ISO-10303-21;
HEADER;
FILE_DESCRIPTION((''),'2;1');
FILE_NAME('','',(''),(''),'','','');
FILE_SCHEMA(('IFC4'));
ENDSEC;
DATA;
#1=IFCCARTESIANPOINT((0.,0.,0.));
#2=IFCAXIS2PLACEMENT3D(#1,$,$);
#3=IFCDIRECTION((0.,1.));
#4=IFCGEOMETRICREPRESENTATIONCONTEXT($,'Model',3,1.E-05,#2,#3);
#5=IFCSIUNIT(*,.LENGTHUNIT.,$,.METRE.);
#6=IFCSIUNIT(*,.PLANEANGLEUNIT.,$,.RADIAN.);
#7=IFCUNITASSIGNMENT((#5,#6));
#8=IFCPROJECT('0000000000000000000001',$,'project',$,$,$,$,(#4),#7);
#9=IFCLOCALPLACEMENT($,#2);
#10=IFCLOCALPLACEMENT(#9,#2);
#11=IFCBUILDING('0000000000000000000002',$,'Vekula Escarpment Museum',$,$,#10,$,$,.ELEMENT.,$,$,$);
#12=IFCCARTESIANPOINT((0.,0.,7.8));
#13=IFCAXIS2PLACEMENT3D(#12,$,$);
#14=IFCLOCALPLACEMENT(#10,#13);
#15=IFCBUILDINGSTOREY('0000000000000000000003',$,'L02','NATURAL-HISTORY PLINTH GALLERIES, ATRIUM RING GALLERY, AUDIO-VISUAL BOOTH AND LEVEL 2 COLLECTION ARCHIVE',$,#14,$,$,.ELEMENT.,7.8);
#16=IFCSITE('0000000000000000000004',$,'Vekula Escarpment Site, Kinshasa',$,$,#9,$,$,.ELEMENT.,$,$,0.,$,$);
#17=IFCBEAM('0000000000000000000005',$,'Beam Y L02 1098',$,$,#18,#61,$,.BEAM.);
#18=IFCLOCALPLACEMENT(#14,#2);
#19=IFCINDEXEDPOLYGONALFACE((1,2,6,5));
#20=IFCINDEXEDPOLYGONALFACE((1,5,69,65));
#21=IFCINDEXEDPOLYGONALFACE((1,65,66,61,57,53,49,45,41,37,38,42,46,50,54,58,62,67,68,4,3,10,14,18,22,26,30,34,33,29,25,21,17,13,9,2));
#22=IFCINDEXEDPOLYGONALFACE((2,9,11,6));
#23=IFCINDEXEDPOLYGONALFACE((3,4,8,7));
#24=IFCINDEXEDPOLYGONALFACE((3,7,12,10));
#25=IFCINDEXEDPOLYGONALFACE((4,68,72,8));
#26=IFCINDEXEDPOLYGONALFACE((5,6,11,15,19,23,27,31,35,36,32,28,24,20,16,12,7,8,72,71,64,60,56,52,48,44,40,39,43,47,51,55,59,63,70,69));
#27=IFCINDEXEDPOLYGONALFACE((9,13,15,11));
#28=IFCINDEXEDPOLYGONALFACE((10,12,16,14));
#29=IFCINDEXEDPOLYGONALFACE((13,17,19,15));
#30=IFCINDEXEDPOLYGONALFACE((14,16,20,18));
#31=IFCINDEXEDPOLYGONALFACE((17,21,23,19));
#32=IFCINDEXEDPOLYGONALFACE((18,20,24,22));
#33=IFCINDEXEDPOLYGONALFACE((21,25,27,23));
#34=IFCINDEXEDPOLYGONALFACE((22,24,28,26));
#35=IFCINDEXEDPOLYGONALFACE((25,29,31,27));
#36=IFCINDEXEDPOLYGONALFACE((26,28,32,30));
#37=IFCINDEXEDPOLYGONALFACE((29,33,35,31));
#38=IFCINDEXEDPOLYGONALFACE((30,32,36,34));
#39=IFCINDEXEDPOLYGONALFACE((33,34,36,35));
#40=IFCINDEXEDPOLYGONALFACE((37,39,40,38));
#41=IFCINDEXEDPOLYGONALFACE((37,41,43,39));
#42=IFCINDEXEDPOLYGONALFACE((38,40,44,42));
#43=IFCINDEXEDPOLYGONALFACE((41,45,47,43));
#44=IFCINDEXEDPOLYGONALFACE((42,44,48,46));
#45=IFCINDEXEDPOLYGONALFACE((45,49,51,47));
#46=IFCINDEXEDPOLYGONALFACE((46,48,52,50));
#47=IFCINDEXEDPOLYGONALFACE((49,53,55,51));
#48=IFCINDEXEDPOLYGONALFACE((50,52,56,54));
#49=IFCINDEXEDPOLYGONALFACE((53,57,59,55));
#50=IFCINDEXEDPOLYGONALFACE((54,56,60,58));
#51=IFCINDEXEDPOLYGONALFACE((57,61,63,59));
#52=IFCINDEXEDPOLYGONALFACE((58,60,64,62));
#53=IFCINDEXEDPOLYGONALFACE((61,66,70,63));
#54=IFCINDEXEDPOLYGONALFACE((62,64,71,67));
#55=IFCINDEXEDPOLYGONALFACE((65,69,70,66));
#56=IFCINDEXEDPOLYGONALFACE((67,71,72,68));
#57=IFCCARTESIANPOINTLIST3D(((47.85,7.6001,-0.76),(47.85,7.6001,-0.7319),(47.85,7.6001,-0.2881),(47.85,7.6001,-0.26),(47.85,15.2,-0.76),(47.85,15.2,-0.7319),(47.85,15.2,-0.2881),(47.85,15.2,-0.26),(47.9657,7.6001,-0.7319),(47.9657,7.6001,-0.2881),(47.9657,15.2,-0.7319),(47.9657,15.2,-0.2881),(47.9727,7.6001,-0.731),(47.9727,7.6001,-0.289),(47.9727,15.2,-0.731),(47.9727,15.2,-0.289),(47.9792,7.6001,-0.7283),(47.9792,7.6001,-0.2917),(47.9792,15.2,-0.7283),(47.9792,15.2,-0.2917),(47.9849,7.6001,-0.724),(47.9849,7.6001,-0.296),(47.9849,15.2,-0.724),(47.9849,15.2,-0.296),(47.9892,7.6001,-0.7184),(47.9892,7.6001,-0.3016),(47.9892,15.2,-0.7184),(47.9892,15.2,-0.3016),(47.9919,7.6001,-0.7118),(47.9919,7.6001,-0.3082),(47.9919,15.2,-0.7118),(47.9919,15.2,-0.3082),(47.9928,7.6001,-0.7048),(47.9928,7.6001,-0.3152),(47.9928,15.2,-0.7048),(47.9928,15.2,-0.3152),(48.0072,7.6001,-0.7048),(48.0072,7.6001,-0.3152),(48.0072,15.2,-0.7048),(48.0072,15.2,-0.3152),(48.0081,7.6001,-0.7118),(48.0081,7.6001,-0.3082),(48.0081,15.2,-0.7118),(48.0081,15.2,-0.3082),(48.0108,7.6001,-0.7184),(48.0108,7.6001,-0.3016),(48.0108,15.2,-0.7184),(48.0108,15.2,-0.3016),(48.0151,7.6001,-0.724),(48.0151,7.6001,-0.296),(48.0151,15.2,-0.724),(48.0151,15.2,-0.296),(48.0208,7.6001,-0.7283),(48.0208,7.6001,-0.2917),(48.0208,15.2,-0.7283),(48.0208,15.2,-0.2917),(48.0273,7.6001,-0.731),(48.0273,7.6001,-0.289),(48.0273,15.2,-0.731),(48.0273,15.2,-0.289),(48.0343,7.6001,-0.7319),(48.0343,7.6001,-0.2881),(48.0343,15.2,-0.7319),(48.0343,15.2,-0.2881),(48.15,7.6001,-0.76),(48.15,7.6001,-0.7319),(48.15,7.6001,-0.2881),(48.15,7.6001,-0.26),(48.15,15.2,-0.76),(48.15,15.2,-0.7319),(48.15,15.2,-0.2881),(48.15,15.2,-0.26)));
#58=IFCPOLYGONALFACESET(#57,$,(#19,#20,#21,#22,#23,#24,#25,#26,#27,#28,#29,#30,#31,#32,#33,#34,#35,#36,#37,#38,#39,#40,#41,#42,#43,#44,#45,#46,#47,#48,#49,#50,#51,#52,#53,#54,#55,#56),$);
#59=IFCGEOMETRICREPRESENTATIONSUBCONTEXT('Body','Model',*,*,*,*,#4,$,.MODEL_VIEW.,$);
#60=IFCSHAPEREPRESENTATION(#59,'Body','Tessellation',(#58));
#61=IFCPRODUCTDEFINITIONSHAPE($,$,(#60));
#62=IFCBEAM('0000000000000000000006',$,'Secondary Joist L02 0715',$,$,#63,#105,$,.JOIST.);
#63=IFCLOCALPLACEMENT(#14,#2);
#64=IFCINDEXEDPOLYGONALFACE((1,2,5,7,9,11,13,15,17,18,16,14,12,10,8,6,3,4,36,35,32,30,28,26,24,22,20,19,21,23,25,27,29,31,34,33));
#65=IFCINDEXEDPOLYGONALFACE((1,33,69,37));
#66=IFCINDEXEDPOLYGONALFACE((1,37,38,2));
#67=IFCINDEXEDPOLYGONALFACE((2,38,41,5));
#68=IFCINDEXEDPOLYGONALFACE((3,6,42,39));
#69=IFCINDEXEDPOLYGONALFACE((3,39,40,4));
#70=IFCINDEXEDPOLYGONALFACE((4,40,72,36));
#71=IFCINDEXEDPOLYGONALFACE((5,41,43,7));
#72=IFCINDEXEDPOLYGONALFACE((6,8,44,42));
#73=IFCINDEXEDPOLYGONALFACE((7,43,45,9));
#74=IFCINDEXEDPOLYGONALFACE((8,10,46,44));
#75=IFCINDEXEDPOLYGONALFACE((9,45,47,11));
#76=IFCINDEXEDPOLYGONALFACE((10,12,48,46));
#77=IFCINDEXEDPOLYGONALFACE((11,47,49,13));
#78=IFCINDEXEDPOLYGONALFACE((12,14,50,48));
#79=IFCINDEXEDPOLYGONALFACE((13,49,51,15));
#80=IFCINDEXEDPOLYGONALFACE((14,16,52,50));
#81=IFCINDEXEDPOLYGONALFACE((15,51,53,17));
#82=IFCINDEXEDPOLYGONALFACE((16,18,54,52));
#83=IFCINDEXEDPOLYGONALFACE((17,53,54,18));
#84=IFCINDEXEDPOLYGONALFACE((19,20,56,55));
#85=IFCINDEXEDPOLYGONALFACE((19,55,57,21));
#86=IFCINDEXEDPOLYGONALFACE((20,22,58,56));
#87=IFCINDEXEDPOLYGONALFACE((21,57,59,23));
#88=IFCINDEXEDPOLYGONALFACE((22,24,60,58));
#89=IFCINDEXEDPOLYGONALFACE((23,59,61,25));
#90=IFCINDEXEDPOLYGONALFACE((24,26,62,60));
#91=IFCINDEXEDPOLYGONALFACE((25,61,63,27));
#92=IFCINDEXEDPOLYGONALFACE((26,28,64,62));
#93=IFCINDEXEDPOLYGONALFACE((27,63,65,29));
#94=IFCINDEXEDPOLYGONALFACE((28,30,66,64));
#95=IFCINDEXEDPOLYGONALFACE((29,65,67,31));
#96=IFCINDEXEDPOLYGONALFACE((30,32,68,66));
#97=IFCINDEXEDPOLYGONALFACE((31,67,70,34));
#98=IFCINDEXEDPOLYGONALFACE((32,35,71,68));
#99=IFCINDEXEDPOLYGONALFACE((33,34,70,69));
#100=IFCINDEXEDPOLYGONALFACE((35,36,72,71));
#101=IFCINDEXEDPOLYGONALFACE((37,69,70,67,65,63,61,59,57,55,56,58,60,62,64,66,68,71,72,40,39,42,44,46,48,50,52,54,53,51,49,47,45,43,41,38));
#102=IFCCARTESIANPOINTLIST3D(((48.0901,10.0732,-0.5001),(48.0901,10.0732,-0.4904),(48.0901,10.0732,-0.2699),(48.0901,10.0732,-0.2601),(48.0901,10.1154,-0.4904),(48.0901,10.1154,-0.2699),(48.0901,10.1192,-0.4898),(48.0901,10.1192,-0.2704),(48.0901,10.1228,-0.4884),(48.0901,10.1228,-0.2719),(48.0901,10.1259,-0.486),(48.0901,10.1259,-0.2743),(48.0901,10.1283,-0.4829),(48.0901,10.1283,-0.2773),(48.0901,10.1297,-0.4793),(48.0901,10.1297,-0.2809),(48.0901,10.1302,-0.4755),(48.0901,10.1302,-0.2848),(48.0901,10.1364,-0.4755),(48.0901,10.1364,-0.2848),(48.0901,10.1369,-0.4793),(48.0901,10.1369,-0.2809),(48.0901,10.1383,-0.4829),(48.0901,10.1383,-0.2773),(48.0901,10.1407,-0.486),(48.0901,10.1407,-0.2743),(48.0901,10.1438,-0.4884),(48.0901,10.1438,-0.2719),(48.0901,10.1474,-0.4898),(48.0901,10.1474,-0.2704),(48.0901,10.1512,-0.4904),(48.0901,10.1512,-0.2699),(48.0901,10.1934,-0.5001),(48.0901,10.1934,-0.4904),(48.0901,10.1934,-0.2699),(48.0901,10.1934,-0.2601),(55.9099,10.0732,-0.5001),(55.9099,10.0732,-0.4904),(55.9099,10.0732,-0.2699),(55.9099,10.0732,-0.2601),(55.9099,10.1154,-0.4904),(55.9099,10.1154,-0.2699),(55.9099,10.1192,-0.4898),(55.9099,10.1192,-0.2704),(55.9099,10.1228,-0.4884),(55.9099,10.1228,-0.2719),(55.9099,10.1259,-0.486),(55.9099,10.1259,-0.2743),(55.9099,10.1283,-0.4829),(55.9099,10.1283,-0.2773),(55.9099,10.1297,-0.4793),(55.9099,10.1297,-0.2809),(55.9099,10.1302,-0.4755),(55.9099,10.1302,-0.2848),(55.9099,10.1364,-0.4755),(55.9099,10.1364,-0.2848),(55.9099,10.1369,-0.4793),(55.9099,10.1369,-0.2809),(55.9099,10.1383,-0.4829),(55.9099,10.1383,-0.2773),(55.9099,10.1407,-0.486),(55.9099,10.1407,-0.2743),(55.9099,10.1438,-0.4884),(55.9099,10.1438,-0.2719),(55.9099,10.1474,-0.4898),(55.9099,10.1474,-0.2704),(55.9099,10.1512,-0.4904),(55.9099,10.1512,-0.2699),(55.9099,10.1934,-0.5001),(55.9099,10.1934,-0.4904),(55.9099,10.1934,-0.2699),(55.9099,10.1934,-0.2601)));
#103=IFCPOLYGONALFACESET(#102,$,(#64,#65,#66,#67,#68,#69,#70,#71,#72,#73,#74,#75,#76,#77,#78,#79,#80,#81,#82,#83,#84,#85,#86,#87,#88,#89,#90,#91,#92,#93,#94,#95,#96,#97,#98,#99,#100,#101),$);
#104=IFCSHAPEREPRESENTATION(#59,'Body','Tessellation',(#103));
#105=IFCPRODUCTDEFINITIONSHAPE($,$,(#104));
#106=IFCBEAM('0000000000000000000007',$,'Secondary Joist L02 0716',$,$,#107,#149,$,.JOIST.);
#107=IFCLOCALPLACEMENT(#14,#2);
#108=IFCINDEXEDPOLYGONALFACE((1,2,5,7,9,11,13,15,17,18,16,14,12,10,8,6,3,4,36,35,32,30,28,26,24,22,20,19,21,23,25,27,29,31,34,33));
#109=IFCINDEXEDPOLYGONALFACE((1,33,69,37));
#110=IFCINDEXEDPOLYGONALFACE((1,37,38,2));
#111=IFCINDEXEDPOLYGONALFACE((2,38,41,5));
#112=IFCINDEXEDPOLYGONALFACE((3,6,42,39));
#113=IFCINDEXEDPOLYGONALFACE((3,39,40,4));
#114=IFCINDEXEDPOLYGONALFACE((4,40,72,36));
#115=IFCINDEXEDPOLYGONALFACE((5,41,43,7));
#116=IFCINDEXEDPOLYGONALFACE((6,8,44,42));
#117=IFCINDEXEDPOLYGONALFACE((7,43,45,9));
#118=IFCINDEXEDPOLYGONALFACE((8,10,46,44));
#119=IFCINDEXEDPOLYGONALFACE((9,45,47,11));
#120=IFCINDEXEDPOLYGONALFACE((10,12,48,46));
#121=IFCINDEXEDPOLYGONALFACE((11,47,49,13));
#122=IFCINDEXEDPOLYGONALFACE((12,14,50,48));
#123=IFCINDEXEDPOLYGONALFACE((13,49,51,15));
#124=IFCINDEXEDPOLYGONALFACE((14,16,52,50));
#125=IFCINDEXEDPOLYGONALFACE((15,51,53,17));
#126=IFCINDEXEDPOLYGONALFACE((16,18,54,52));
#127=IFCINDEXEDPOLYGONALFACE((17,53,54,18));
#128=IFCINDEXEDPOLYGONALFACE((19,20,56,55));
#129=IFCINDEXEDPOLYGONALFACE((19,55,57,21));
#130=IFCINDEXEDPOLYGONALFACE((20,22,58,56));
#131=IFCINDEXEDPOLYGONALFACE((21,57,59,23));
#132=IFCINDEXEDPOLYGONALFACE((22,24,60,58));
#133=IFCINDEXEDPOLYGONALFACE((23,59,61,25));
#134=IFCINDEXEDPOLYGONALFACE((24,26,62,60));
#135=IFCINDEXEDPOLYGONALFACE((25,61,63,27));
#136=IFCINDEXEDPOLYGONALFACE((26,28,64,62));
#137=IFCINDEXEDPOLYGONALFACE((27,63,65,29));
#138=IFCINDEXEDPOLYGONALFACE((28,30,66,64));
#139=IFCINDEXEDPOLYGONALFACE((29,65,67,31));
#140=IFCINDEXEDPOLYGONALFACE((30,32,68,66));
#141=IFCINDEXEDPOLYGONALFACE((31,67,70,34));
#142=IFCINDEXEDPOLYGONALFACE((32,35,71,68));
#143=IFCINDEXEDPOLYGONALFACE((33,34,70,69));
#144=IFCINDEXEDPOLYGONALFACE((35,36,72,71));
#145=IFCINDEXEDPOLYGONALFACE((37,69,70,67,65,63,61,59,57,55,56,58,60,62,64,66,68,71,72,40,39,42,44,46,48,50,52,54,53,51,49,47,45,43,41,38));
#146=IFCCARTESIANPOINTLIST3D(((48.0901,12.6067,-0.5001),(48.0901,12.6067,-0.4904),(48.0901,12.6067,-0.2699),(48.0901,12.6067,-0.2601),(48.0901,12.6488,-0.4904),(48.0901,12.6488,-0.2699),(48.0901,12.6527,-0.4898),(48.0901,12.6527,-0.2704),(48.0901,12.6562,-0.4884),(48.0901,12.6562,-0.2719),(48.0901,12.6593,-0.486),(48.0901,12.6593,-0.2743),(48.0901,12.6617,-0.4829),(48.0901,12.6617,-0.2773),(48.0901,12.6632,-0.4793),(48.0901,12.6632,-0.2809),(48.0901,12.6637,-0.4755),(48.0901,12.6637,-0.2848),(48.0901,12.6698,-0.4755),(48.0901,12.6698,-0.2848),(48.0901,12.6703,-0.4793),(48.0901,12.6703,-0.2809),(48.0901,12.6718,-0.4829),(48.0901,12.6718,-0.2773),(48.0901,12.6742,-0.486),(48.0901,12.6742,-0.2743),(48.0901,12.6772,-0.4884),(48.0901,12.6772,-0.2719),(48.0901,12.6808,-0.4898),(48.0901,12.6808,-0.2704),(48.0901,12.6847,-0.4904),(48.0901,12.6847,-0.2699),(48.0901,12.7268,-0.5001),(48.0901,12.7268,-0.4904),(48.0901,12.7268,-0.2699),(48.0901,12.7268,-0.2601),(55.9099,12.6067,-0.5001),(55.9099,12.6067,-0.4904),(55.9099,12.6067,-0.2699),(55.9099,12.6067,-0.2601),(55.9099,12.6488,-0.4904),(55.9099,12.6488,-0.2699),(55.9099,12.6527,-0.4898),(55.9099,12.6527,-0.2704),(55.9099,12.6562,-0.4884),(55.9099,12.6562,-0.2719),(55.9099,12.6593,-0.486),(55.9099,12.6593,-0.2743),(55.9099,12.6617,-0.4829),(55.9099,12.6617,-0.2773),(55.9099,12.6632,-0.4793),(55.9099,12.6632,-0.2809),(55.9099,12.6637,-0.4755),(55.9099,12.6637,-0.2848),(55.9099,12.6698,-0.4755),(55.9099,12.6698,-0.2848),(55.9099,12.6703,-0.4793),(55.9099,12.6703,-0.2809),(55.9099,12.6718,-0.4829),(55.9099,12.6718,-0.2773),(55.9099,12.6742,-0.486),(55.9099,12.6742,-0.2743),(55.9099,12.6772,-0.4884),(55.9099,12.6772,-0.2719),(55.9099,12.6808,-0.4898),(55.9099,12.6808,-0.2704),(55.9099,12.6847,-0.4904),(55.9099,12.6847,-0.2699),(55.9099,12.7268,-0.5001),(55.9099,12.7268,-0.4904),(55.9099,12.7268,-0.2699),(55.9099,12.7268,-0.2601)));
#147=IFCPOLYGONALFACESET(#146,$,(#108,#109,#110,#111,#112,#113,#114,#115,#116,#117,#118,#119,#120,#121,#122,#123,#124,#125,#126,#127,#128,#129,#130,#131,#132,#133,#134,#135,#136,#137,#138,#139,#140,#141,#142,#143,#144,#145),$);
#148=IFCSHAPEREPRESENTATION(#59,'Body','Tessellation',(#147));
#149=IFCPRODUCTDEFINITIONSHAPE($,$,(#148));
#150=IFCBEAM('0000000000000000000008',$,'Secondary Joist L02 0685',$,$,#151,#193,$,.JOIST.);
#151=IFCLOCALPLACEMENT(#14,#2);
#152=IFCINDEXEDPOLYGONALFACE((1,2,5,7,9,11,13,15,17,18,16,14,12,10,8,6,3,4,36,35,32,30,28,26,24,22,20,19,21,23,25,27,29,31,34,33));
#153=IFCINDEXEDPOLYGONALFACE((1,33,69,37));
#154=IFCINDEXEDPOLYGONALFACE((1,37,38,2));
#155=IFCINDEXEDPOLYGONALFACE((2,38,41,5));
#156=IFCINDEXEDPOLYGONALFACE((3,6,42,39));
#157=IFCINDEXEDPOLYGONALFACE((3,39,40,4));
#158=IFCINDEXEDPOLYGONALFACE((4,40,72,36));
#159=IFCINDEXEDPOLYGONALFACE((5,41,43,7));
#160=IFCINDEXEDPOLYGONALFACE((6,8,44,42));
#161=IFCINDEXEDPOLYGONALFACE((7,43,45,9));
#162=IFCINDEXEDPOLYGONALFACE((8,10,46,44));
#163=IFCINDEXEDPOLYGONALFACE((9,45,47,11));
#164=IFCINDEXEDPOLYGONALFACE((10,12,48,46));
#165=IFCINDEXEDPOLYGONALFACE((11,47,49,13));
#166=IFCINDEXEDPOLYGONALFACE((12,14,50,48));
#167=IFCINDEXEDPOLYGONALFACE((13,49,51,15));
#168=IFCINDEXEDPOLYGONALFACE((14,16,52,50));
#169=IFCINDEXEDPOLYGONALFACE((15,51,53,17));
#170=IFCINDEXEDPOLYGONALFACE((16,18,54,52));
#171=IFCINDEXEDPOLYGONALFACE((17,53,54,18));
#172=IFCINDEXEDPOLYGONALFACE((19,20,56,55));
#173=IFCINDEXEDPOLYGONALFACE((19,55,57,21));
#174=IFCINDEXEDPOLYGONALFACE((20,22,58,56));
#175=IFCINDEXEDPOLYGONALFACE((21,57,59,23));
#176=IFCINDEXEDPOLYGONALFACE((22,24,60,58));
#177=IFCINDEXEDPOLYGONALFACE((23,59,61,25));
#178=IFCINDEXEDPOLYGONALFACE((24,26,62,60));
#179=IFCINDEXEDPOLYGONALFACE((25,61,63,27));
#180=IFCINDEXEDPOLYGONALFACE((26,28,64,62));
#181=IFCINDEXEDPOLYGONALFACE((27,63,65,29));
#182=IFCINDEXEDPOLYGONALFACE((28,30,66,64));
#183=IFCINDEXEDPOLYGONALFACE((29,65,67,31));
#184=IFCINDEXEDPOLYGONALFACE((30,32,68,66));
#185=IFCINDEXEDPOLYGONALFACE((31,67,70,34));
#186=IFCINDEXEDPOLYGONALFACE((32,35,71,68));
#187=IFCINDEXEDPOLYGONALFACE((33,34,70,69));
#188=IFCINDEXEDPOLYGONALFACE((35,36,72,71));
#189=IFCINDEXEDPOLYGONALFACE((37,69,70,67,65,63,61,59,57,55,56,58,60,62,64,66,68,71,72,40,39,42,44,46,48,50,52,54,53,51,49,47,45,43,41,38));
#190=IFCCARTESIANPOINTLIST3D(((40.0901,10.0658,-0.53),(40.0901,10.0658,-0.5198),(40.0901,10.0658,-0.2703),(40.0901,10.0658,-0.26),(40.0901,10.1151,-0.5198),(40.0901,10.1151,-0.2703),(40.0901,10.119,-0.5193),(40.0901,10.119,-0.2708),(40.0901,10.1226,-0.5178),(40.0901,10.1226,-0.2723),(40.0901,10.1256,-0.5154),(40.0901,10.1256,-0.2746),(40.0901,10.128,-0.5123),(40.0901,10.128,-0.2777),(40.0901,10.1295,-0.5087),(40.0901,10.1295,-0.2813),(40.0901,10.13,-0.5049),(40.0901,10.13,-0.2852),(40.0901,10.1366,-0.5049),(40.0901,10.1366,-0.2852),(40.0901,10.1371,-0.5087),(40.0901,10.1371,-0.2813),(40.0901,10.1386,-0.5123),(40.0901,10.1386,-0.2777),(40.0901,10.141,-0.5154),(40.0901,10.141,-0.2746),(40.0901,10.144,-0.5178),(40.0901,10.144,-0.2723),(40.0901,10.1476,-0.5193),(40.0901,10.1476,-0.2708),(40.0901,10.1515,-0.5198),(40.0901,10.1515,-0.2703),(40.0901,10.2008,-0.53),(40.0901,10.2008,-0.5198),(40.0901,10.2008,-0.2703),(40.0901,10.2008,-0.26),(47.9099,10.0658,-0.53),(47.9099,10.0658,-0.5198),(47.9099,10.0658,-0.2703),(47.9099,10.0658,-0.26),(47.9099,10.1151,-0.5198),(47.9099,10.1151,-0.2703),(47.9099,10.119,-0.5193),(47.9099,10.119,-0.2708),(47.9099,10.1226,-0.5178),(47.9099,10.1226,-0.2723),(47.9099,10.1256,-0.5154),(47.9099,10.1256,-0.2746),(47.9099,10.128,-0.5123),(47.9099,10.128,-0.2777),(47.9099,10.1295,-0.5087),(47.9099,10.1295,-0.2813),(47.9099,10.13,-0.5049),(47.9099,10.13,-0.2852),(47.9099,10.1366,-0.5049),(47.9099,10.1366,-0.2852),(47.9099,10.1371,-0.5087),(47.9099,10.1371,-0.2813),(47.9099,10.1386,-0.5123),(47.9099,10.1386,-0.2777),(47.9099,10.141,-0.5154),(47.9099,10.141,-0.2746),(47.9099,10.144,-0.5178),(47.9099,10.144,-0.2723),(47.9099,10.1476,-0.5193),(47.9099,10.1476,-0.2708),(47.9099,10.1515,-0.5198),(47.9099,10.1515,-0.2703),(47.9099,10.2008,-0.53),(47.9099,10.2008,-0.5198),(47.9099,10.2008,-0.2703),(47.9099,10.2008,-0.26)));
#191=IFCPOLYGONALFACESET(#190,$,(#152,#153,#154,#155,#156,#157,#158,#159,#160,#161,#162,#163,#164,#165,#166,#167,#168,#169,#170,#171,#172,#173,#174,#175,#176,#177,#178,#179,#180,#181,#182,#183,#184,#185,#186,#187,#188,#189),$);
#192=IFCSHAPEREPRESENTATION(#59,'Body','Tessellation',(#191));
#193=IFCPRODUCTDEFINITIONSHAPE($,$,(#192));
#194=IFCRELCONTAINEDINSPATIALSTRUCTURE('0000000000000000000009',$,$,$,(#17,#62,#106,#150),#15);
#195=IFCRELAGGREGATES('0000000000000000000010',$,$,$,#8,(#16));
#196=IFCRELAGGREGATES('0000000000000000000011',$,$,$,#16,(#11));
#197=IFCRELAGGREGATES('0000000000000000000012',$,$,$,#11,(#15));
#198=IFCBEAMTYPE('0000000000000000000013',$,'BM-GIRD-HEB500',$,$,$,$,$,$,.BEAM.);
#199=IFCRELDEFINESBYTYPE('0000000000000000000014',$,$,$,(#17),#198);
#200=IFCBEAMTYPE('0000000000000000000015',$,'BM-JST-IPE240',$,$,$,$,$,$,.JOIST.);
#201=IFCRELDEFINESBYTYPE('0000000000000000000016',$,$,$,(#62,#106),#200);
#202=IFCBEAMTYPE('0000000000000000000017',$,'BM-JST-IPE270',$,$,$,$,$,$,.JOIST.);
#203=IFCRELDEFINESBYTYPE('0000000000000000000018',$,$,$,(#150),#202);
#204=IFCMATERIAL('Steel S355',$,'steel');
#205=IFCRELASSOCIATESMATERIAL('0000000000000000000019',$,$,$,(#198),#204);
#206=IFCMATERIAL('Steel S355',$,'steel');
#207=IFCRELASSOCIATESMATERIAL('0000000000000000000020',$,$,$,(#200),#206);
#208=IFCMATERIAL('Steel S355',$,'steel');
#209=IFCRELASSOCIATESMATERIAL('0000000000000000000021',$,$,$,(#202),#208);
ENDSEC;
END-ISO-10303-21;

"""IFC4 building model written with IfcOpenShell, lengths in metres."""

from ifc_helpers import new_model, si_unit, direction, frame, origin, origin_2d, place, context, subcontext, project, spatial, i_section, extrude, material, material_profile, profile_set, type_object, element, save


model = new_model("IFC4")

# Units and contexts
model_context = context("Model", 3, precision=1e-05, world=origin(), true_north=direction((0.0, 1.0)))
body_context = subcontext(model_context, "Body", "Model", "MODEL_VIEW")
ifc_project = project(units=[si_unit("LENGTHUNIT", "METRE"), si_unit("PLANEANGLEUNIT", "RADIAN")], contexts=[model_context])

# Site, building, storey
site_placement = place(None, origin())
site = spatial("IfcSite", under=ifc_project, at=site_placement, Name="Vekula Escarpment Site, Kinshasa", CompositionType="ELEMENT", RefElevation=0.0)
building_placement = place(site_placement, origin())
building = spatial("IfcBuilding", under=site, at=building_placement, Name="Vekula Escarpment Museum", CompositionType="ELEMENT")
storey_placement = place(building_placement, frame((0.0, 0.0, 7.8)))
storey = spatial("IfcBuildingStorey", under=building, at=storey_placement, Name="L02", Description="NATURAL-HISTORY PLINTH GALLERIES, ATRIUM RING GALLERY, AUDIO-VISUAL BOOTH AND LEVEL 2 COLLECTION ARCHIVE", CompositionType="ELEMENT", Elevation=7.8)

# Beams
ifc_material_1 = material(Name="Steel S355", Category="steel")
ifc_material_profile_1 = material_profile(ifc_material_1, i_section(OverallWidth=0.3, OverallDepth=0.5, WebThickness=0.0144, FlangeThickness=0.0281, FilletRadius=0.0271, at=origin_2d()), Name="HEB 500")
ifc_profile_set_1 = profile_set([ifc_material_profile_1], Name="Steel S355")
beam_type_1 = type_object("IfcBeamType", Name="BM-GIRD-HEB500", PredefinedType="BEAM", material=ifc_profile_set_1)
beam_1_placement = place(storey_placement, frame((48.0, 7.6001, -0.51), z_axis=(0.0, 1.0, 0.0), x_axis=(-1.0, 0.0, 0.0)))
element("IfcBeam", 1, at=beam_1_placement, inside=storey, type_object=beam_type_1, Name="Beam Y L02 1098", PredefinedType="BEAM", context=body_context, shape_type="SweptSolid", body=[
    extrude(i_section(OverallWidth=0.3, OverallDepth=0.5, WebThickness=0.0144, FlangeThickness=0.0281, FilletRadius=0.0271, at=origin_2d()), origin(), (0.0, 0.0, 1.0), 7.5999),
])
ifc_material_2 = material(Name="Steel S355", Category="steel")
ifc_material_profile_2 = material_profile(ifc_material_2, i_section(OverallWidth=0.1201, OverallDepth=0.24, WebThickness=0.0061, FlangeThickness=0.0098, FilletRadius=0.0149, at=origin_2d()), Name="IPE 240")
ifc_profile_set_2 = profile_set([ifc_material_profile_2], Name="Steel S355")
beam_type_2 = type_object("IfcBeamType", Name="BM-JST-IPE240", PredefinedType="JOIST", material=ifc_profile_set_2)
for number, where, z_axis, x_axis, name in (
    (2, (48.0901, 10.1333, -0.3801), (1.0, 0.0, 0.0), (0.0, 1.0, 0.0), "Secondary Joist L02 0715"),
    (3, (48.0901, 12.6667, -0.3801), (1.0, 0.0, 0.0), (0.0, 1.0, 0.0), "Secondary Joist L02 0716"),
):
    element("IfcBeam", number, at=place(storey_placement, frame(where, z_axis=z_axis, x_axis=x_axis)), inside=storey, type_object=beam_type_2, Name=name, PredefinedType="JOIST", context=body_context, shape_type="SweptSolid", body=[
        extrude(i_section(OverallWidth=0.1201, OverallDepth=0.24, WebThickness=0.0061, FlangeThickness=0.0098, FilletRadius=0.0149, at=origin_2d()), origin(), (0.0, 0.0, 1.0), 7.8198),
    ])
ifc_material_3 = material(Name="Steel S355", Category="steel")
ifc_material_profile_3 = material_profile(ifc_material_3, i_section(OverallWidth=0.135, OverallDepth=0.27, WebThickness=0.0066, FlangeThickness=0.0103, FilletRadius=0.0149, at=origin_2d()), Name="IPE 270")
ifc_profile_set_3 = profile_set([ifc_material_profile_3], Name="Steel S355")
beam_type_3 = type_object("IfcBeamType", Name="BM-JST-IPE270", PredefinedType="JOIST", material=ifc_profile_set_3)
for number, where, z_axis, x_axis, name in (
    (4, (40.0901, 10.1333, -0.395), (1.0, 0.0, 0.0), (0.0, 1.0, 0.0), "Secondary Joist L02 0685"),
):
    element("IfcBeam", number, at=place(storey_placement, frame(where, z_axis=z_axis, x_axis=x_axis)), inside=storey, type_object=beam_type_3, Name=name, PredefinedType="JOIST", context=body_context, shape_type="SweptSolid", body=[
        extrude(i_section(OverallWidth=0.135, OverallDepth=0.27, WebThickness=0.0066, FlangeThickness=0.0103, FilletRadius=0.0149, at=origin_2d()), origin(), (0.0, 0.0, 1.0), 7.8198),
    ])

save(model, "model.ifc")
